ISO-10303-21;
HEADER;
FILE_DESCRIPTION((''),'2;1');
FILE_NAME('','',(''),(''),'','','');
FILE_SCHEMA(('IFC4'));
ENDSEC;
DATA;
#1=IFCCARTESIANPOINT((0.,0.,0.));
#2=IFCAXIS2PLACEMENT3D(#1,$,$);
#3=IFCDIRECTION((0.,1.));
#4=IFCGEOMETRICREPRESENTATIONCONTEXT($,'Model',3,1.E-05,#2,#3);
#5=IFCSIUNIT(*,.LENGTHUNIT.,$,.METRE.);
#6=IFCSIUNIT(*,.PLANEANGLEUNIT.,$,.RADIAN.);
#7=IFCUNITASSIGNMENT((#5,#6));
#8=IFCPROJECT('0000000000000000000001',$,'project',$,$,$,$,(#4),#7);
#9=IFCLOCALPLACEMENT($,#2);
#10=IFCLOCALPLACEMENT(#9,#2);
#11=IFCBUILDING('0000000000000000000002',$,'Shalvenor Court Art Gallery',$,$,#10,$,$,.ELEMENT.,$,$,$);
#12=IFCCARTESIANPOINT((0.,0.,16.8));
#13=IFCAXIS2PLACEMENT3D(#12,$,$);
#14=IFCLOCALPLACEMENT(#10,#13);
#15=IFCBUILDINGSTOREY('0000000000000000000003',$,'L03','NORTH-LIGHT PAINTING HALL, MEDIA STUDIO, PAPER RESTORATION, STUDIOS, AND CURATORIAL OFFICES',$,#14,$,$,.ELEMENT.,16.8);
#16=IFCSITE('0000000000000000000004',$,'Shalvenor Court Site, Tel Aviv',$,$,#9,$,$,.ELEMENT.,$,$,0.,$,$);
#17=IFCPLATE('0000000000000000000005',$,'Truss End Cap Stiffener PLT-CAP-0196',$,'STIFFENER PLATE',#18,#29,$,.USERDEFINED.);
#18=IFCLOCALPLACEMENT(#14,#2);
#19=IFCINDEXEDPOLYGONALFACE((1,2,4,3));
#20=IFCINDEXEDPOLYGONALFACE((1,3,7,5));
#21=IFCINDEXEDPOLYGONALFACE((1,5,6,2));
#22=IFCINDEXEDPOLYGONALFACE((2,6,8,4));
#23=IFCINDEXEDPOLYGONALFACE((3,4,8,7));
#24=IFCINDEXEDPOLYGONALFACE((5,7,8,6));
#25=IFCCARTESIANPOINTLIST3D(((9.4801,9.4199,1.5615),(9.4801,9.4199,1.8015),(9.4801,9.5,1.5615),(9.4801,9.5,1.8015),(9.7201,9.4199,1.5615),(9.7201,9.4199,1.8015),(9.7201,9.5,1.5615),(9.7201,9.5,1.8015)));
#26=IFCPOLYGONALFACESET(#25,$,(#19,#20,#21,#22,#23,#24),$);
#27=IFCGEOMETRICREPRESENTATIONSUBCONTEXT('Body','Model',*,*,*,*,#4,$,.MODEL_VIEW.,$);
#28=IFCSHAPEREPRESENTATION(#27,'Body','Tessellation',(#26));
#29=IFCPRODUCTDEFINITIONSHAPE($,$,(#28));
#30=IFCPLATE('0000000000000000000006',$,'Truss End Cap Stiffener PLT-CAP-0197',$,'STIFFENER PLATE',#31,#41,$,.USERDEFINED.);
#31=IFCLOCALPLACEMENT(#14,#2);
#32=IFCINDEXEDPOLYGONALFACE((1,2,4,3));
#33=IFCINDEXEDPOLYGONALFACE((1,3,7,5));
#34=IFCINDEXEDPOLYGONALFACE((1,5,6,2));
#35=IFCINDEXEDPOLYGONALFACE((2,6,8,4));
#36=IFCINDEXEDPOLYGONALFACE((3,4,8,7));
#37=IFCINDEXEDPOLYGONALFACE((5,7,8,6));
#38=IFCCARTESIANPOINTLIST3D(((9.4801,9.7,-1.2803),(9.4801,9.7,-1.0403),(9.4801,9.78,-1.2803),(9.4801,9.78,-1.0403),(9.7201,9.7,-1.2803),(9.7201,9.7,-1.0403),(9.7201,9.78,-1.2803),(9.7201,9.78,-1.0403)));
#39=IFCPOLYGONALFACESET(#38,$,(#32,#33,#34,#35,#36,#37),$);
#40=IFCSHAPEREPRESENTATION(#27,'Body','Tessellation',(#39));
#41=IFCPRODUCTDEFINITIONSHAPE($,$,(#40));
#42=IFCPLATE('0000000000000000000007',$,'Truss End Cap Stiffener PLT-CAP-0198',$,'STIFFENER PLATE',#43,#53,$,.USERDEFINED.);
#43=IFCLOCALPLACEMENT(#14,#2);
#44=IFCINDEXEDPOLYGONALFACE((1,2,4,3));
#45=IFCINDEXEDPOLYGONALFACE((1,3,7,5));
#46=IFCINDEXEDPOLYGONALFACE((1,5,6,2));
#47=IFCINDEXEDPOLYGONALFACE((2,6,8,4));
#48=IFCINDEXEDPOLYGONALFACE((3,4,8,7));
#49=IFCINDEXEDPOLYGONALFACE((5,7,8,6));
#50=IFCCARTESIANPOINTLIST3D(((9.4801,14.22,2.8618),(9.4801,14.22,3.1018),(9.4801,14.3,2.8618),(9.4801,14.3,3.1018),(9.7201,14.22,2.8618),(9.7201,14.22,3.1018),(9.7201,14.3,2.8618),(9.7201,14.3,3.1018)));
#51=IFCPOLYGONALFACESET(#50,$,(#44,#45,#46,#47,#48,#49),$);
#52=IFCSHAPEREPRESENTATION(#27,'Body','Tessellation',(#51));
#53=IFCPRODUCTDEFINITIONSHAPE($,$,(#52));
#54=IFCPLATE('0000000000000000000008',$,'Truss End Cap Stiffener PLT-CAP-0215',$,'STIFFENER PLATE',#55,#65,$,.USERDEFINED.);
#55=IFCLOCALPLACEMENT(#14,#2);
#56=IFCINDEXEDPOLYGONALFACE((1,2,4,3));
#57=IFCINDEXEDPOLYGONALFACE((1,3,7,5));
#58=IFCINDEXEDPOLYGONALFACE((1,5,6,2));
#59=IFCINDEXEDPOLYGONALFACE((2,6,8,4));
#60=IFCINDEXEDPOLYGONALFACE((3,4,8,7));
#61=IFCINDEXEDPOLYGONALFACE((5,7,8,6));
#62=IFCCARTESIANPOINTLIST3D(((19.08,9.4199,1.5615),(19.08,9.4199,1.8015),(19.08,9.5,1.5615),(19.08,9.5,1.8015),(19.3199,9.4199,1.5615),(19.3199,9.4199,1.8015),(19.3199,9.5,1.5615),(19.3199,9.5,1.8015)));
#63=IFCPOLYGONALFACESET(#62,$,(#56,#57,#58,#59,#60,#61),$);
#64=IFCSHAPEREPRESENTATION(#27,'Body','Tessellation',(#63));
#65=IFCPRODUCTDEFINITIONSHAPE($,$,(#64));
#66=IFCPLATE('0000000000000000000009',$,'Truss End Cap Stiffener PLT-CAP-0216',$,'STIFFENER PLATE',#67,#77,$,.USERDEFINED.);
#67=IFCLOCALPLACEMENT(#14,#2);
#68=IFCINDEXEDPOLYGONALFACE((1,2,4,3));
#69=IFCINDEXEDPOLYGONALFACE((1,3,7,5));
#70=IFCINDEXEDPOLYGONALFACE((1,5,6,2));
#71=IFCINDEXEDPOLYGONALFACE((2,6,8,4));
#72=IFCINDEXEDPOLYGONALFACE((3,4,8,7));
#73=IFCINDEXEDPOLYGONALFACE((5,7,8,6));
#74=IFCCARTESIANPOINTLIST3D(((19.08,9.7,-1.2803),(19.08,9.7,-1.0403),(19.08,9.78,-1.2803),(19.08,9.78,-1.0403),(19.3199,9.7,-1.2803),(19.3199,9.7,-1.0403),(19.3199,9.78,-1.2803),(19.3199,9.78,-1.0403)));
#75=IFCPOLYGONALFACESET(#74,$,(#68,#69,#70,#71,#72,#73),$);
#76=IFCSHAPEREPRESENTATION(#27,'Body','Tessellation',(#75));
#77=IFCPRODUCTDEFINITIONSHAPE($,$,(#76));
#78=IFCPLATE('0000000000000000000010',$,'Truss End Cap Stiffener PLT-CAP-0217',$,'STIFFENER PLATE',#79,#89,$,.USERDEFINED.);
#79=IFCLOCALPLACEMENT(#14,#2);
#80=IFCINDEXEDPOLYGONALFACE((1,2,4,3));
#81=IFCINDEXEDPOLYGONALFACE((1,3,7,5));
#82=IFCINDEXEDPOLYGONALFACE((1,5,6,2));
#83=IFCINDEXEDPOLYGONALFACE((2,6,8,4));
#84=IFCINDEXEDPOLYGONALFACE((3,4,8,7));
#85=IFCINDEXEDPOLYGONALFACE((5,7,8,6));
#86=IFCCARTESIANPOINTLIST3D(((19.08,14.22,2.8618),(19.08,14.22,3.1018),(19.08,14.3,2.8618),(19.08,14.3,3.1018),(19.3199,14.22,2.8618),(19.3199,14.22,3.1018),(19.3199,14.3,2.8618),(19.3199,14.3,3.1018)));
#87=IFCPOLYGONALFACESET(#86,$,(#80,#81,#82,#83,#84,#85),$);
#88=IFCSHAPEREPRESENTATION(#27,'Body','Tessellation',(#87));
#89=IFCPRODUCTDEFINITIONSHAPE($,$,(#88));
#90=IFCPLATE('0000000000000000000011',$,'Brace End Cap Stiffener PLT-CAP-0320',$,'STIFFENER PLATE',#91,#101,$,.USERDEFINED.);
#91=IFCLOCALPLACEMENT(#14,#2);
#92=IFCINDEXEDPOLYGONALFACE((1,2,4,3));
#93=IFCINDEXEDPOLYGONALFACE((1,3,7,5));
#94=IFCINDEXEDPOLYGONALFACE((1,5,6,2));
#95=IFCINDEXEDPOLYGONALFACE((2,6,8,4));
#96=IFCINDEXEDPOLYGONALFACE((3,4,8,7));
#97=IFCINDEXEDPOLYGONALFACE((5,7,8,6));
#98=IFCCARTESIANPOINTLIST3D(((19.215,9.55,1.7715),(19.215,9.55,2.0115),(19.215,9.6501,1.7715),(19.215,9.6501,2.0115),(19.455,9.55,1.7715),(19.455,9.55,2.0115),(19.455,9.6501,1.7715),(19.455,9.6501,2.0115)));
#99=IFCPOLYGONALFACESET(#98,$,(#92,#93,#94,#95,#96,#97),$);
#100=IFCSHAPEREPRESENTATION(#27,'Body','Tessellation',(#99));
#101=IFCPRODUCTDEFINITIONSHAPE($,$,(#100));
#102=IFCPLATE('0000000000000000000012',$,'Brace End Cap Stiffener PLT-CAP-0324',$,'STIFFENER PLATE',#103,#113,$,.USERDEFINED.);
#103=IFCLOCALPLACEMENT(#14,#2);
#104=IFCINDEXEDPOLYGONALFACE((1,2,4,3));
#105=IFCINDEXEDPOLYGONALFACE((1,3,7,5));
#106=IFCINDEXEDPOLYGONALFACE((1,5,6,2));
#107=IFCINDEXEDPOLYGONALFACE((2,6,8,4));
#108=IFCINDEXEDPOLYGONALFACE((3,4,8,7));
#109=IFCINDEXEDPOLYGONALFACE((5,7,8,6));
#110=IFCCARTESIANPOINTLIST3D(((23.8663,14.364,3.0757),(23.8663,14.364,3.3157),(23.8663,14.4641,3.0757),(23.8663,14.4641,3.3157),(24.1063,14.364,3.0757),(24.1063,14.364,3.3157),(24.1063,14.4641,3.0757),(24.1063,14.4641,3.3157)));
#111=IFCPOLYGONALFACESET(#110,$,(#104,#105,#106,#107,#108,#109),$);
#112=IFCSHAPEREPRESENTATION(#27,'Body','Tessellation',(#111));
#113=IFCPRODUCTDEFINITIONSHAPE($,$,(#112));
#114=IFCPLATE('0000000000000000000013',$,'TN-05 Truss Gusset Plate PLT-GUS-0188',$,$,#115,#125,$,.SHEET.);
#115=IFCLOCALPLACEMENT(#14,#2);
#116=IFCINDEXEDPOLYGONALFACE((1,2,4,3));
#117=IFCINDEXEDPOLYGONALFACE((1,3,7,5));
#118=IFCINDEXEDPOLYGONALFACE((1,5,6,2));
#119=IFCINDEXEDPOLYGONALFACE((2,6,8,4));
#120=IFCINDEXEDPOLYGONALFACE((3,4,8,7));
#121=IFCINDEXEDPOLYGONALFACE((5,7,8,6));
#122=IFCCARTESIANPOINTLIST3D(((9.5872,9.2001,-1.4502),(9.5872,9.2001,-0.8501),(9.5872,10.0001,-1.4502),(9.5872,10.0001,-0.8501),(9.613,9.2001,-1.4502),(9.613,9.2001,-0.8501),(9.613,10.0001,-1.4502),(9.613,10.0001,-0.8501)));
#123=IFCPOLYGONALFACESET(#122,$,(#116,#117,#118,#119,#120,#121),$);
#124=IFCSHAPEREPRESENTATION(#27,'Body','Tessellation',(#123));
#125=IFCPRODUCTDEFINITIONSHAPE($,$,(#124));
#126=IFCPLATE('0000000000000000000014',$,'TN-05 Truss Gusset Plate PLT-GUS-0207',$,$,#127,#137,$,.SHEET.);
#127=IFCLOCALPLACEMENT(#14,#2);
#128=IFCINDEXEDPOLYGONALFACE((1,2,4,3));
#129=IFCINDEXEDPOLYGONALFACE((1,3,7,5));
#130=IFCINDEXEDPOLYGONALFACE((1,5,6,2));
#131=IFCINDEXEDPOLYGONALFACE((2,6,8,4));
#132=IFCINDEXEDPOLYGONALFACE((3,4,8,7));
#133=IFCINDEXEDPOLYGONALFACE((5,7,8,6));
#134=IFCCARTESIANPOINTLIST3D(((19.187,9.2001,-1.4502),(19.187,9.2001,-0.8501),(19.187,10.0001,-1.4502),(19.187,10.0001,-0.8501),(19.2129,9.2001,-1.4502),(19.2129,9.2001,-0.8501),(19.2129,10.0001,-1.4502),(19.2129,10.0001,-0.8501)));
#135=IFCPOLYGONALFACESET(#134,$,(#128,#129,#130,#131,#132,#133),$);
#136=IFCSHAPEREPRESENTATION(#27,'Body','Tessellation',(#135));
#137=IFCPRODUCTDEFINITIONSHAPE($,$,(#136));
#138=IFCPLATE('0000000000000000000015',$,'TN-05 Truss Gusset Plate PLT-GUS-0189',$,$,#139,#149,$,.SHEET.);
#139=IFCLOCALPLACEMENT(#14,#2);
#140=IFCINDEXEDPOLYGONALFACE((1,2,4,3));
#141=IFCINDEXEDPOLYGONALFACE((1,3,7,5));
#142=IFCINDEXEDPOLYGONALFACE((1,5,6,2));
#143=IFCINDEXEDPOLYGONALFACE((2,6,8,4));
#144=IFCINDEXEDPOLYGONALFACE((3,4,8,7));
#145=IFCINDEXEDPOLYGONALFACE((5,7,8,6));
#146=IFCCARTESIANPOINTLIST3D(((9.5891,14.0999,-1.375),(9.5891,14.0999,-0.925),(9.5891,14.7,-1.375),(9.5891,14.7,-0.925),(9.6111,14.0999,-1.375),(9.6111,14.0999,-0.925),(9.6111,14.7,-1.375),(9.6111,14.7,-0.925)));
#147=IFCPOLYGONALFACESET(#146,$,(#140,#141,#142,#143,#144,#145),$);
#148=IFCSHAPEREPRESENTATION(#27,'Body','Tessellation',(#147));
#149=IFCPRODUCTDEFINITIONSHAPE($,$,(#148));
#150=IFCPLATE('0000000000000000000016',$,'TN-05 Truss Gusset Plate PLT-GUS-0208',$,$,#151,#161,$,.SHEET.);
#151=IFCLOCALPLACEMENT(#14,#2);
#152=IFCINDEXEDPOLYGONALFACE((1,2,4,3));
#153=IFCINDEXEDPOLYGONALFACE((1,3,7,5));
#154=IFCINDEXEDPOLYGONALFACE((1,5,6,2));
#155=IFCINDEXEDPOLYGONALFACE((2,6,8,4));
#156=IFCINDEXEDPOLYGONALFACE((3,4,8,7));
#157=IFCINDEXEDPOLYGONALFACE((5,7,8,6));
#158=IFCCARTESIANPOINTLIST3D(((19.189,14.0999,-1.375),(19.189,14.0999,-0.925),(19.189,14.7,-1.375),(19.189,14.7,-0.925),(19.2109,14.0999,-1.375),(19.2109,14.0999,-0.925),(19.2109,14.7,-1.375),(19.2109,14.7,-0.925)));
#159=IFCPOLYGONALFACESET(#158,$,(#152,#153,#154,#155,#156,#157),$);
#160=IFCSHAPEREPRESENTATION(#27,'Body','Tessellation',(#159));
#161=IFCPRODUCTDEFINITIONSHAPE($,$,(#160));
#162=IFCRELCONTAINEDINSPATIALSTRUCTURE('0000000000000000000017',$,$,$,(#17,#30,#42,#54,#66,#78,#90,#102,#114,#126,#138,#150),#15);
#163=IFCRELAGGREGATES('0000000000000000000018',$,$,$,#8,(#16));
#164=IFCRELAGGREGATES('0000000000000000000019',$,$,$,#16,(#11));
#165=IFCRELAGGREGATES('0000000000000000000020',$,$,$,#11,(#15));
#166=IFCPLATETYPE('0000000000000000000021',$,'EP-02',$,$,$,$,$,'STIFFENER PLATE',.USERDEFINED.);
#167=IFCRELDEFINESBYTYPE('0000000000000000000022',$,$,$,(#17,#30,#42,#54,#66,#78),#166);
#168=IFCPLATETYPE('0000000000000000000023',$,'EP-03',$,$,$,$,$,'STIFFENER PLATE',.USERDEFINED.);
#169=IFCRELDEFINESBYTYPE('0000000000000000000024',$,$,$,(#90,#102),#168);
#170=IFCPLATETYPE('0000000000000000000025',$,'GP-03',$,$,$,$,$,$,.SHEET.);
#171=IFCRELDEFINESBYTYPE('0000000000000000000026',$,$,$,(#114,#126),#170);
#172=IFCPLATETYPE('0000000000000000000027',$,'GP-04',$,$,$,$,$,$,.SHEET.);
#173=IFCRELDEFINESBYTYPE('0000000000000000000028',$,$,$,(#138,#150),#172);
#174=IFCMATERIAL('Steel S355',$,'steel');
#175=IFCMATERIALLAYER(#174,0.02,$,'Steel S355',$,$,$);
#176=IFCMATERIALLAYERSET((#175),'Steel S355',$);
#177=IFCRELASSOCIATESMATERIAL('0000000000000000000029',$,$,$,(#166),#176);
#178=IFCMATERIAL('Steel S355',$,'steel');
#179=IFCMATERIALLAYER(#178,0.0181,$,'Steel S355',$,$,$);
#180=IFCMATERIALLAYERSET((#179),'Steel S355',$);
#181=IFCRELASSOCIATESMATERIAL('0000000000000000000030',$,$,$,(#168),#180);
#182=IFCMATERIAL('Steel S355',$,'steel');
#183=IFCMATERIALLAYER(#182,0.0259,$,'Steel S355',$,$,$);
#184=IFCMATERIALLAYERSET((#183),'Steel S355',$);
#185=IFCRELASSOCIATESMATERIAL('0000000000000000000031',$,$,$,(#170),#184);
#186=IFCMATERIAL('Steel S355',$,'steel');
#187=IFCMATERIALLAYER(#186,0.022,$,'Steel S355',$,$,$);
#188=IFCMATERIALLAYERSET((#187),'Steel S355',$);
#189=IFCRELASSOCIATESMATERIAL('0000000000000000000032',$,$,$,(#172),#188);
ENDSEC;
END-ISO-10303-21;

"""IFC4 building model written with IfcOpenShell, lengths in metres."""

from ifc_helpers import new_model, si_unit, direction, frame, origin, origin_2d, place, context, subcontext, project, spatial, rectangle, extrude, material, layer, layer_set, type_object, element, save


model = new_model("IFC4")

# Units and contexts
model_context = context("Model", 3, precision=1e-05, world=origin(), true_north=direction((0.0, 1.0)))
body_context = subcontext(model_context, "Body", "Model", "MODEL_VIEW")
ifc_project = project(units=[si_unit("LENGTHUNIT", "METRE"), si_unit("PLANEANGLEUNIT", "RADIAN")], contexts=[model_context])

# Site, building, storey
site_placement = place(None, origin())
site = spatial("IfcSite", under=ifc_project, at=site_placement, Name="Shalvenor Court Site, Tel Aviv", CompositionType="ELEMENT", RefElevation=0.0)
building_placement = place(site_placement, origin())
building = spatial("IfcBuilding", under=site, at=building_placement, Name="Shalvenor Court Art Gallery", CompositionType="ELEMENT")
storey_placement = place(building_placement, frame((0.0, 0.0, 16.8)))
storey = spatial("IfcBuildingStorey", under=building, at=storey_placement, Name="L03", Description="NORTH-LIGHT PAINTING HALL, MEDIA STUDIO, PAPER RESTORATION, STUDIOS, AND CURATORIAL OFFICES", CompositionType="ELEMENT", Elevation=16.8)

# Plates
ifc_material_1 = material(Name="Steel S355", Category="steel")
ifc_layer_1 = layer(ifc_material_1, 0.02, Name="Steel S355")
ifc_layer_set_1 = layer_set([ifc_layer_1], Name="Steel S355")
plate_type_1 = type_object("IfcPlateType", Name="EP-02", ElementType="STIFFENER PLATE", PredefinedType="USERDEFINED", material=ifc_layer_set_1)
for number, where, z_axis, x_axis, name in (
    (1, (9.6001, 9.46, 1.5615), (0.0, 0.0, 1.0), (1.0, 0.0, 0.0), "Truss End Cap Stiffener PLT-CAP-0196"),
    (2, (9.6001, 9.74, -1.2803), (0.0, 0.0, 1.0), (1.0, 0.0, 0.0), "Truss End Cap Stiffener PLT-CAP-0197"),
    (3, (9.6001, 14.26, 2.8618), (0.0, 0.0, 1.0), (1.0, 0.0, 0.0), "Truss End Cap Stiffener PLT-CAP-0198"),
    (4, (19.2, 9.46, 1.5615), (0.0, 0.0, 1.0), (1.0, 0.0, 0.0), "Truss End Cap Stiffener PLT-CAP-0215"),
    (5, (19.2, 9.74, -1.2803), (0.0, 0.0, 1.0), (1.0, 0.0, 0.0), "Truss End Cap Stiffener PLT-CAP-0216"),
    (6, (19.2, 14.26, 2.8618), (0.0, 0.0, 1.0), (1.0, 0.0, 0.0), "Truss End Cap Stiffener PLT-CAP-0217"),
):
    element("IfcPlate", number, at=place(storey_placement, frame(where, z_axis=z_axis, x_axis=x_axis)), inside=storey, type_object=plate_type_1, Name=name, ObjectType="STIFFENER PLATE", PredefinedType="USERDEFINED", context=body_context, shape_type="SweptSolid", body=[
        extrude(rectangle(XDim=0.24, YDim=0.0801, at=origin_2d()), origin(), (0.0, 0.0, 1.0), 0.24),
    ])
ifc_material_2 = material(Name="Steel S355", Category="steel")
ifc_layer_2 = layer(ifc_material_2, 0.0181, Name="Steel S355")
ifc_layer_set_2 = layer_set([ifc_layer_2], Name="Steel S355")
plate_type_2 = type_object("IfcPlateType", Name="EP-03", ElementType="STIFFENER PLATE", PredefinedType="USERDEFINED", material=ifc_layer_set_2)
for number, where, z_axis, x_axis, name in (
    (7, (19.335, 9.6001, 1.7715), (0.0, 0.0, 1.0), (1.0, 0.0, 0.0), "Brace End Cap Stiffener PLT-CAP-0320"),
    (8, (23.9863, 14.4141, 3.0757), (0.0, 0.0, 1.0), (1.0, 0.0, 0.0), "Brace End Cap Stiffener PLT-CAP-0324"),
):
    element("IfcPlate", number, at=place(storey_placement, frame(where, z_axis=z_axis, x_axis=x_axis)), inside=storey, type_object=plate_type_2, Name=name, ObjectType="STIFFENER PLATE", PredefinedType="USERDEFINED", context=body_context, shape_type="SweptSolid", body=[
        extrude(rectangle(XDim=0.24, YDim=0.1001, at=origin_2d()), origin(), (0.0, 0.0, 1.0), 0.24),
    ])
ifc_material_3 = material(Name="Steel S355", Category="steel")
ifc_layer_3 = layer(ifc_material_3, 0.0259, Name="Steel S355")
ifc_layer_set_3 = layer_set([ifc_layer_3], Name="Steel S355")
plate_type_3 = type_object("IfcPlateType", Name="GP-03", PredefinedType="SHEET", material=ifc_layer_set_3)
for number, where, z_axis, x_axis, name in (
    (9, (9.6001, 9.6001, -1.4502), (0.0, 0.0, 1.0), (0.0, 1.0, 0.0), "TN-05 Truss Gusset Plate PLT-GUS-0188"),
    (10, (19.2, 9.6001, -1.4502), (0.0, 0.0, 1.0), (0.0, 1.0, 0.0), "TN-05 Truss Gusset Plate PLT-GUS-0207"),
):
    element("IfcPlate", number, at=place(storey_placement, frame(where, z_axis=z_axis, x_axis=x_axis)), inside=storey, type_object=plate_type_3, Name=name, PredefinedType="SHEET", context=body_context, shape_type="SweptSolid", body=[
        extrude(rectangle(XDim=0.8, YDim=0.0259, at=origin_2d()), origin(), (0.0, 0.0, 1.0), 0.6001),
    ])
ifc_material_4 = material(Name="Steel S355", Category="steel")
ifc_layer_4 = layer(ifc_material_4, 0.022, Name="Steel S355")
ifc_layer_set_4 = layer_set([ifc_layer_4], Name="Steel S355")
plate_type_4 = type_object("IfcPlateType", Name="GP-04", PredefinedType="SHEET", material=ifc_layer_set_4)
for number, where, z_axis, x_axis, name in (
    (11, (9.6001, 14.3999, -1.375), (0.0, 0.0, 1.0), (0.0, 1.0, 0.0), "TN-05 Truss Gusset Plate PLT-GUS-0189"),
    (12, (19.2, 14.3999, -1.375), (0.0, 0.0, 1.0), (0.0, 1.0, 0.0), "TN-05 Truss Gusset Plate PLT-GUS-0208"),
):
    element("IfcPlate", number, at=place(storey_placement, frame(where, z_axis=z_axis, x_axis=x_axis)), inside=storey, type_object=plate_type_4, Name=name, PredefinedType="SHEET", context=body_context, shape_type="SweptSolid", body=[
        extrude(rectangle(XDim=0.6001, YDim=0.022, at=origin_2d()), origin(), (0.0, 0.0, 1.0), 0.45),
    ])

save(model, "model.ifc")
